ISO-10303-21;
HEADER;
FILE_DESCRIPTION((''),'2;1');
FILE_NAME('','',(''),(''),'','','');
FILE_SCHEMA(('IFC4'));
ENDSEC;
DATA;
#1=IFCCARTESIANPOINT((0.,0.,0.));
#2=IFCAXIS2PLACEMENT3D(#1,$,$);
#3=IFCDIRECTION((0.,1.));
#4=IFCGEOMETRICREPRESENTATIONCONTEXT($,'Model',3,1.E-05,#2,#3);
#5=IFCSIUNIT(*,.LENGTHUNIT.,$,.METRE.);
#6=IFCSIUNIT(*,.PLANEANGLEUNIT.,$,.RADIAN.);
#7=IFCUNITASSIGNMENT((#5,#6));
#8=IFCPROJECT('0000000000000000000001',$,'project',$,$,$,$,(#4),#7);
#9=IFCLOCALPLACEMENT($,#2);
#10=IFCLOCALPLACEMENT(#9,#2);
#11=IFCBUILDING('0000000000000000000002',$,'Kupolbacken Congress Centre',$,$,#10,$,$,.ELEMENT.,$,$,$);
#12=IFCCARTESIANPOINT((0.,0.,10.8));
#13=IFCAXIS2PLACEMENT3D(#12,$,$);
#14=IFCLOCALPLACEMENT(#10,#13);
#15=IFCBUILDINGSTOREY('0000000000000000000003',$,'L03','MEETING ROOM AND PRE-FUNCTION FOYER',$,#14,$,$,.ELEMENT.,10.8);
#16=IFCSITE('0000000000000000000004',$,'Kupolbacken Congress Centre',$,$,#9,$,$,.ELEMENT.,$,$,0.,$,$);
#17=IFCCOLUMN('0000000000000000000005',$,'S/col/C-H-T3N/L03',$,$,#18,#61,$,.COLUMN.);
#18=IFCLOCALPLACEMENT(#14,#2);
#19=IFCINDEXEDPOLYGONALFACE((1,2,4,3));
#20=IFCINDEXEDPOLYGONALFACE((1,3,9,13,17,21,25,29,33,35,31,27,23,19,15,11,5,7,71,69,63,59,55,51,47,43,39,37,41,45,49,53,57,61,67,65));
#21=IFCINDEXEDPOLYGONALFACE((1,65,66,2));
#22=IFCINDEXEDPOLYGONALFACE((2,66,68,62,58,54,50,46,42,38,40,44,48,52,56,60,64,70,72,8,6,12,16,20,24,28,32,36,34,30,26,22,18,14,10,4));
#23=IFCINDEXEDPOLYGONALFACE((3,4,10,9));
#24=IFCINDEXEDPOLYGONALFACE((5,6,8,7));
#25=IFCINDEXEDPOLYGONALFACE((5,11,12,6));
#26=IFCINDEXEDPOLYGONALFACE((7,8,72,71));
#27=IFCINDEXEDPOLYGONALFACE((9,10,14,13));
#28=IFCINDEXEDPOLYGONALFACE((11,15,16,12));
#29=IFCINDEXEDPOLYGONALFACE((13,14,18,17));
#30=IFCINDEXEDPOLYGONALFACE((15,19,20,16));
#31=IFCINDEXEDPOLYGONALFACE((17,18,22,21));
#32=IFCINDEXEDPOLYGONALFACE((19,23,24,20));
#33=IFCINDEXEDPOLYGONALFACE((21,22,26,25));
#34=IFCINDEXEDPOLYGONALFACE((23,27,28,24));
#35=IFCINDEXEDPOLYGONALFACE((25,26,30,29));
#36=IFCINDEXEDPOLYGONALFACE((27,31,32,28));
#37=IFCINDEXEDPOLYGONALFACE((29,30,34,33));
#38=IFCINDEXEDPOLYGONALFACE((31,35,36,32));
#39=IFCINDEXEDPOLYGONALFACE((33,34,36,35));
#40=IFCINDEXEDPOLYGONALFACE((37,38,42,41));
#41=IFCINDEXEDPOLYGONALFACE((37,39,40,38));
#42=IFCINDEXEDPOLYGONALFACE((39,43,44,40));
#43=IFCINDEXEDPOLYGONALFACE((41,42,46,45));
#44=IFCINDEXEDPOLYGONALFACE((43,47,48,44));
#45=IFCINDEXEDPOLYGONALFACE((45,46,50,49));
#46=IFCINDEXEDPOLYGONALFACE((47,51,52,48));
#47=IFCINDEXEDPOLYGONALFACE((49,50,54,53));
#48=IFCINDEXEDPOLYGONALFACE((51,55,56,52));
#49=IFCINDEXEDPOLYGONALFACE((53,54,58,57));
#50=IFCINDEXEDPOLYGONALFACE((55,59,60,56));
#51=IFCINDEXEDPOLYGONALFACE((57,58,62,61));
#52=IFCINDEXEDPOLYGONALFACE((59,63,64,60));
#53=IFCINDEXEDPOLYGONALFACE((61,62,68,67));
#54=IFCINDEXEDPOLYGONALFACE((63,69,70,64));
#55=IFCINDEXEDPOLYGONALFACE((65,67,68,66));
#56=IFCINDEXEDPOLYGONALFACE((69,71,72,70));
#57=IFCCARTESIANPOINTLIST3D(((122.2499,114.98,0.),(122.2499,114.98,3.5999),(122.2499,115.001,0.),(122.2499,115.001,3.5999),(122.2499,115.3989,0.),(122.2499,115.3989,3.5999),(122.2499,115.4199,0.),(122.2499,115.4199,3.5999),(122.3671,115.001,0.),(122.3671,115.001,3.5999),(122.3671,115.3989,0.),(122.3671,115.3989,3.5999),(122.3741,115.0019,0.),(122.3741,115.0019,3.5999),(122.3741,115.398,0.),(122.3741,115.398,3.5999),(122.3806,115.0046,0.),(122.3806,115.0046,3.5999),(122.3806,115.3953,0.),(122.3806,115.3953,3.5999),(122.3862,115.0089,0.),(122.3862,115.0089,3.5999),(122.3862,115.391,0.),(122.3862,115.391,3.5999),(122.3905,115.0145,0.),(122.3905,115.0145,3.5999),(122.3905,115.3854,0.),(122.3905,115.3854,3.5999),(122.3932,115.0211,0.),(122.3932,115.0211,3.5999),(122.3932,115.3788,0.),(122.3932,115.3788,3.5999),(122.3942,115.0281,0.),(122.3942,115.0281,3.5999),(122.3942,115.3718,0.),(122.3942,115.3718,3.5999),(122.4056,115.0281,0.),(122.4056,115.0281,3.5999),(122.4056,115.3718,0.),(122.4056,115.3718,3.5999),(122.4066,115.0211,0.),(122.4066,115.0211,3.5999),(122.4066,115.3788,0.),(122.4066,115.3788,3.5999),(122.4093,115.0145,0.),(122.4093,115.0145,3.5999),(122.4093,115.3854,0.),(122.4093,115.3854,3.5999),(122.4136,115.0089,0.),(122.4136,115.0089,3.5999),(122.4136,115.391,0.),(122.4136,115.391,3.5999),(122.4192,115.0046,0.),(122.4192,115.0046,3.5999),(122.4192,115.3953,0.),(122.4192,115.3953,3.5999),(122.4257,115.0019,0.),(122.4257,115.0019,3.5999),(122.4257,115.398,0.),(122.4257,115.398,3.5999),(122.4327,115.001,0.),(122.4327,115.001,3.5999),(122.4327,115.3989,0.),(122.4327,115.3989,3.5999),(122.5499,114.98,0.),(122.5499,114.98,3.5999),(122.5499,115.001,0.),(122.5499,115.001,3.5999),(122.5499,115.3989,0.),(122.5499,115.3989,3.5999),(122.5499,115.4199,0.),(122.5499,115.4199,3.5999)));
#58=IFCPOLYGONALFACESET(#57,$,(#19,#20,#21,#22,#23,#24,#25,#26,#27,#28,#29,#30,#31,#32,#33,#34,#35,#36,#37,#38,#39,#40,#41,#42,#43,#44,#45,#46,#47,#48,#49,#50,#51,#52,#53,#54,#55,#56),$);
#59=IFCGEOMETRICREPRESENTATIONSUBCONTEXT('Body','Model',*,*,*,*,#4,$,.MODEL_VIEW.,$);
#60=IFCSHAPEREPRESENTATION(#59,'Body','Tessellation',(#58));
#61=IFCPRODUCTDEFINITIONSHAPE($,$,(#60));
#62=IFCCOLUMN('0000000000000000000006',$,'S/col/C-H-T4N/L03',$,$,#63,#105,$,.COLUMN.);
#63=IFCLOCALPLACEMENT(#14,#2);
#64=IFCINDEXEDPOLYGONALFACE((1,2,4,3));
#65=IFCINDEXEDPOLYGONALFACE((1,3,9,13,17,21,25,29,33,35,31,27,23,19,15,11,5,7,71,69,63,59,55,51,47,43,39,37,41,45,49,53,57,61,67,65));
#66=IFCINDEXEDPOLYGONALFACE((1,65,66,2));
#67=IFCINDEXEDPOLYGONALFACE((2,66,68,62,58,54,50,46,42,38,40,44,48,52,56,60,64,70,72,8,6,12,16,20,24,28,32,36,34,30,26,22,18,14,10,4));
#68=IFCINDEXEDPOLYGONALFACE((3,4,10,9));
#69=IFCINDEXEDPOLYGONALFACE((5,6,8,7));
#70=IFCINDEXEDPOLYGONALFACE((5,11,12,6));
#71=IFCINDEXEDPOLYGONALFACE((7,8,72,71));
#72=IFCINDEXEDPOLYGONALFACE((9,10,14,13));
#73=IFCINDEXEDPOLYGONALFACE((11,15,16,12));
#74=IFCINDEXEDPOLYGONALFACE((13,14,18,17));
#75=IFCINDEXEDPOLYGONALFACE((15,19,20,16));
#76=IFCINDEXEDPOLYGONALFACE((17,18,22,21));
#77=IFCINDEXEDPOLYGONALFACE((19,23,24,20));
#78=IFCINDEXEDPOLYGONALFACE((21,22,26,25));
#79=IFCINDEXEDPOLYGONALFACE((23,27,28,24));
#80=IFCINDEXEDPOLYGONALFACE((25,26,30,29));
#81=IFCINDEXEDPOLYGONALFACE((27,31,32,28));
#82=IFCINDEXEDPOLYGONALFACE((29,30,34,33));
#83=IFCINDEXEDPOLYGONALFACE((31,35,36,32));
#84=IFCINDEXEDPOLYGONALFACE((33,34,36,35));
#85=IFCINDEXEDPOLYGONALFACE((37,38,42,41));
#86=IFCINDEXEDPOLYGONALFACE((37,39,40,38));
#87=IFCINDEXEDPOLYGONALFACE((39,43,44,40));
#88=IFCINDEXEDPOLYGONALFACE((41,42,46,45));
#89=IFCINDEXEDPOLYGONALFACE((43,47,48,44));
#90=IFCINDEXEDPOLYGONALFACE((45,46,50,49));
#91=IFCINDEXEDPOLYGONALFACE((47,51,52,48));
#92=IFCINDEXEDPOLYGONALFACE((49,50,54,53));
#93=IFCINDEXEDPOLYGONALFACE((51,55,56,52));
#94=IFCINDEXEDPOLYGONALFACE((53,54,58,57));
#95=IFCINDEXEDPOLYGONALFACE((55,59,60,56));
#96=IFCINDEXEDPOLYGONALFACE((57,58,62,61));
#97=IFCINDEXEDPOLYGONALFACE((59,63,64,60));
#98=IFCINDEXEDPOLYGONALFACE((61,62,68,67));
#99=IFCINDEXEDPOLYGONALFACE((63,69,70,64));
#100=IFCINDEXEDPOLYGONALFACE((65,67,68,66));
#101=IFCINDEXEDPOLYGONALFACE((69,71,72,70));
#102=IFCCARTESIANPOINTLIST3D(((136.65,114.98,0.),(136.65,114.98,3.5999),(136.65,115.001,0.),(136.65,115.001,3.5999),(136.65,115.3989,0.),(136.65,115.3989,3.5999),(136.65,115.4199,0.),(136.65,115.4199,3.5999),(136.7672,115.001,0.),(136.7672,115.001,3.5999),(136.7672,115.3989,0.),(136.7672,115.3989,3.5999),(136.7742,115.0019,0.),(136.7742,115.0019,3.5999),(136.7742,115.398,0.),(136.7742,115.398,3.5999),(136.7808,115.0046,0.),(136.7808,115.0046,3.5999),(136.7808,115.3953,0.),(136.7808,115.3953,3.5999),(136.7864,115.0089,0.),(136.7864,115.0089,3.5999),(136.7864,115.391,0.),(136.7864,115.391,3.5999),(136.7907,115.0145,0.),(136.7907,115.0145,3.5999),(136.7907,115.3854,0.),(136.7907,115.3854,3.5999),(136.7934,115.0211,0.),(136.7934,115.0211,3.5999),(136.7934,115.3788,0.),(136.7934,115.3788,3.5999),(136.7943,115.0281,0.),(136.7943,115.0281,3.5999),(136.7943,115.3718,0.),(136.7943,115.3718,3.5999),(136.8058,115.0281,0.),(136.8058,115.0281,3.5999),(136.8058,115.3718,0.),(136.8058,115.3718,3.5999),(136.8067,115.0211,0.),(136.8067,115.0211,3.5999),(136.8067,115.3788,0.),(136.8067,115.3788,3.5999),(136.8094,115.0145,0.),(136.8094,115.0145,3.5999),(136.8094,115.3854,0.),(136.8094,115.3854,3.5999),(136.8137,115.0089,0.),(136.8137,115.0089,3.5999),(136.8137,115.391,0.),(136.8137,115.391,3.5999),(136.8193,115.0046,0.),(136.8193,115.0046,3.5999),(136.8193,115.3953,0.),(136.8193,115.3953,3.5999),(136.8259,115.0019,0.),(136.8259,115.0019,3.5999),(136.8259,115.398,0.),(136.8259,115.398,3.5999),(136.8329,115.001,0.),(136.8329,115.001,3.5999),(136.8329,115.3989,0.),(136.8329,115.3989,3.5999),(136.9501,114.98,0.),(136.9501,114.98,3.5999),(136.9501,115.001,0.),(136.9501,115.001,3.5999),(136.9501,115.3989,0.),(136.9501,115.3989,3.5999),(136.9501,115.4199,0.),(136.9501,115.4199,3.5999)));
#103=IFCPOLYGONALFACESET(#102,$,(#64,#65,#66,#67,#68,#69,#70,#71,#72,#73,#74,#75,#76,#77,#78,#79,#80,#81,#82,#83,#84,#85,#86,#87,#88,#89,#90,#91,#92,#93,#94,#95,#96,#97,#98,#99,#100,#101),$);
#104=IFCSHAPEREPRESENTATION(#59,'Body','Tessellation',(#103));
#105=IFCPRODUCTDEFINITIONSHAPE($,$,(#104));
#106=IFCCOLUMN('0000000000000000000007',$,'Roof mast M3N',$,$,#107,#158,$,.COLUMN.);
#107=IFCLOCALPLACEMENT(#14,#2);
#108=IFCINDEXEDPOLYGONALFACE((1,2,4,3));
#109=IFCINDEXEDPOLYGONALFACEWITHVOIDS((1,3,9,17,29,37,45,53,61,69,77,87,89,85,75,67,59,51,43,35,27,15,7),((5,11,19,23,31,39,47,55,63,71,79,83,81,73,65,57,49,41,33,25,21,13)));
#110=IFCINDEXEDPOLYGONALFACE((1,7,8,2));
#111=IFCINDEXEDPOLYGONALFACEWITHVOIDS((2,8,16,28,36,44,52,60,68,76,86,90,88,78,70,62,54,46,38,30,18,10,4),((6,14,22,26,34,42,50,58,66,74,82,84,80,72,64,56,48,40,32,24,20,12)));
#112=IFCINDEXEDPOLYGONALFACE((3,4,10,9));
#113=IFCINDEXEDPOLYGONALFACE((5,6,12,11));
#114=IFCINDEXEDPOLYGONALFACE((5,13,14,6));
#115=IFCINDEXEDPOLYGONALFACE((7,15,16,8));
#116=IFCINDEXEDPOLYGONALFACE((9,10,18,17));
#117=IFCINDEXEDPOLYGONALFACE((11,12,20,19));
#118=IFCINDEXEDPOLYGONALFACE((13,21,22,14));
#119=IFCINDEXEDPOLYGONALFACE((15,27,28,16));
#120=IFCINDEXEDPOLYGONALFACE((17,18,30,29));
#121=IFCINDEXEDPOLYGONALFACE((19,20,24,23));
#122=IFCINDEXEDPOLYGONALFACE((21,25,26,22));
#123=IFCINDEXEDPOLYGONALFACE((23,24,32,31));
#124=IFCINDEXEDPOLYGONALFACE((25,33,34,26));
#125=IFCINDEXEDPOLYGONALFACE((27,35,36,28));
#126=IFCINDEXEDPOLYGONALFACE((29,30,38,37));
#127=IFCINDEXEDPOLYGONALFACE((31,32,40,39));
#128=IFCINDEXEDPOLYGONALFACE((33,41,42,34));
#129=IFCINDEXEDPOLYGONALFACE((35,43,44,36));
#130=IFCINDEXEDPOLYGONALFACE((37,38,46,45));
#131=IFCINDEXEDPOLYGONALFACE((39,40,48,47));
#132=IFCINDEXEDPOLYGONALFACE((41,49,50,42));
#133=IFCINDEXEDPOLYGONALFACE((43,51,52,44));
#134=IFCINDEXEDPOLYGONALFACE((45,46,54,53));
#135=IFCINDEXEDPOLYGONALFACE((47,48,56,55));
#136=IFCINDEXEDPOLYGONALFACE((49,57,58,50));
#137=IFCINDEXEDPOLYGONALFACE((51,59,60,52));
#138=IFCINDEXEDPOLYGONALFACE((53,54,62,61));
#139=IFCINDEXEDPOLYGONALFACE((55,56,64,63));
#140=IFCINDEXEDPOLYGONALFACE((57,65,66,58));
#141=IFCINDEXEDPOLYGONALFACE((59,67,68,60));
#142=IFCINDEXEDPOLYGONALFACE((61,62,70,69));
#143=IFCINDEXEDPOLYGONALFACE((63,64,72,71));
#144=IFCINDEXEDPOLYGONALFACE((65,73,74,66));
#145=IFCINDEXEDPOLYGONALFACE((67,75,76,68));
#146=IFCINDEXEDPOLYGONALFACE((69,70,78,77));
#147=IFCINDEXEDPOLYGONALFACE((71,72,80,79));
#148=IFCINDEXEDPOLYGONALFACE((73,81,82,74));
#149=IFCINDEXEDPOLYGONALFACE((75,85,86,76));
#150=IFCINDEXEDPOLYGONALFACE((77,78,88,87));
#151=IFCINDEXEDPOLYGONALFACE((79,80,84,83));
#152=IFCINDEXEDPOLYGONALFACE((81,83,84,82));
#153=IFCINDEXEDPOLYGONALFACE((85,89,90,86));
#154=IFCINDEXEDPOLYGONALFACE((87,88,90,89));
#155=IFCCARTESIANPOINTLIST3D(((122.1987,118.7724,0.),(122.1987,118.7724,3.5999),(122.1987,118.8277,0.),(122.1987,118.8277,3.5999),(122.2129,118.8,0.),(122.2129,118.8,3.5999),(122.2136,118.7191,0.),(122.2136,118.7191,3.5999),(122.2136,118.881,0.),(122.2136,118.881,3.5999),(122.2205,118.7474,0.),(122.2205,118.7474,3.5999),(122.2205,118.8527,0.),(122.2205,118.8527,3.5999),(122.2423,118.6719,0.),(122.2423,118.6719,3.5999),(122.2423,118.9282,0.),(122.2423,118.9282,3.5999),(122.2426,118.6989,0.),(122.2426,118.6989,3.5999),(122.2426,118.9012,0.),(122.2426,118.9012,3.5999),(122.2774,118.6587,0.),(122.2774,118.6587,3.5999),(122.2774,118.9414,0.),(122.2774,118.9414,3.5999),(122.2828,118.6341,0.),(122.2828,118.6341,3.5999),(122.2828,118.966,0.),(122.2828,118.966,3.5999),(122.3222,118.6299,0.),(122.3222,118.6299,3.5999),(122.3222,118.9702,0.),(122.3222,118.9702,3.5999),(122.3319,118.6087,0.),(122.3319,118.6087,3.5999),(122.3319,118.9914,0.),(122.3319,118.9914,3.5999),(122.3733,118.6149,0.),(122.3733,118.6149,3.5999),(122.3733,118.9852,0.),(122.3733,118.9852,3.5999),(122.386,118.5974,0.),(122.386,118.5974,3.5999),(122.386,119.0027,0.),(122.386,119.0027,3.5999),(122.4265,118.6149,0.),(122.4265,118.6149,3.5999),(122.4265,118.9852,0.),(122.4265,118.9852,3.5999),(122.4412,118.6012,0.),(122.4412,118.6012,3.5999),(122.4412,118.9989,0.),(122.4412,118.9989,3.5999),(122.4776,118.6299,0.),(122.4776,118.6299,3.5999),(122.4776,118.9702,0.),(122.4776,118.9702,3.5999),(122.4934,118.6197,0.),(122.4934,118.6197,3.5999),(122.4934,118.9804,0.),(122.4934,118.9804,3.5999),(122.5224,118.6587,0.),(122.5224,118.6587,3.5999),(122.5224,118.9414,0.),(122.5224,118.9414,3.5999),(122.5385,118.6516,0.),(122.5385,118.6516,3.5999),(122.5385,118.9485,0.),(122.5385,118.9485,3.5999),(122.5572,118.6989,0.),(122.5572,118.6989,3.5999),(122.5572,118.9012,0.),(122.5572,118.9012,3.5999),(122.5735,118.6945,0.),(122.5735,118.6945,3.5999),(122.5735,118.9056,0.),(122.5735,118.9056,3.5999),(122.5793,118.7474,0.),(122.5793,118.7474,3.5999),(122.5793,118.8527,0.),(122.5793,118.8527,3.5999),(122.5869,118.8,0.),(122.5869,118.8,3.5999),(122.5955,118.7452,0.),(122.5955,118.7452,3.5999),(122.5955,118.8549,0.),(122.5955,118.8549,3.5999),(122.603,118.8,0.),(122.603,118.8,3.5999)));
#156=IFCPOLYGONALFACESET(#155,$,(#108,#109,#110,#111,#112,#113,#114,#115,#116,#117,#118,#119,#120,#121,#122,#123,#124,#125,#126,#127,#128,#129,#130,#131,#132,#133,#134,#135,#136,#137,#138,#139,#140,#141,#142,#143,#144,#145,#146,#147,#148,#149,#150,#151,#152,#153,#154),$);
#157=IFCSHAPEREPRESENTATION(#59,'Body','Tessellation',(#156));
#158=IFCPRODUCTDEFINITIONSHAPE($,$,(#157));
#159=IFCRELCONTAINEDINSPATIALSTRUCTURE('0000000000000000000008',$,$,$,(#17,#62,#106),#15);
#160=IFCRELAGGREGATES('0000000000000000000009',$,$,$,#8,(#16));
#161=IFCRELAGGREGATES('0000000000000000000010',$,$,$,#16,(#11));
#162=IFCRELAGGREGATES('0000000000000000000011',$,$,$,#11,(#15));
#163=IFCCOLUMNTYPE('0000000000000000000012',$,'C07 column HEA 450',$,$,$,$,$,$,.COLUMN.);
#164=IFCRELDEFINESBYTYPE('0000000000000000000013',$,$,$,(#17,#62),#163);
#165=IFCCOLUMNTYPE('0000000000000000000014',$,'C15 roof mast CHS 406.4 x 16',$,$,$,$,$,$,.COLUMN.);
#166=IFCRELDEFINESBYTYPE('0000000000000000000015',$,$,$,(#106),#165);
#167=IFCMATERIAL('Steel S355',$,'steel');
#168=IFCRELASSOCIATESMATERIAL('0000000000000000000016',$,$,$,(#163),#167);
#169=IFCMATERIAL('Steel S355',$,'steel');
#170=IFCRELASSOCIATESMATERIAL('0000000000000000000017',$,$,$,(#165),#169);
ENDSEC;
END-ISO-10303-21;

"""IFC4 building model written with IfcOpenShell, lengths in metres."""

from ifc_helpers import new_model, si_unit, direction, frame, origin, origin_2d, place, context, subcontext, project, spatial, hollow_circle, i_section, extrude, material, material_profile, profile_set, type_object, element, save


model = new_model("IFC4")

# Units and contexts
model_context = context("Model", 3, precision=1e-05, world=origin(), true_north=direction((0.0, 1.0)))
body_context = subcontext(model_context, "Body", "Model", "MODEL_VIEW")
ifc_project = project(units=[si_unit("LENGTHUNIT", "METRE"), si_unit("PLANEANGLEUNIT", "RADIAN")], contexts=[model_context])

# Site, building, storey
site_placement = place(None, origin())
site = spatial("IfcSite", under=ifc_project, at=site_placement, Name="Kupolbacken Congress Centre", CompositionType="ELEMENT", RefElevation=0.0)
building_placement = place(site_placement, origin())
building = spatial("IfcBuilding", under=site, at=building_placement, Name="Kupolbacken Congress Centre", CompositionType="ELEMENT")
storey_placement = place(building_placement, frame((0.0, 0.0, 10.8)))
storey = spatial("IfcBuildingStorey", under=building, at=storey_placement, Name="L03", Description="MEETING ROOM AND PRE-FUNCTION FOYER", CompositionType="ELEMENT", Elevation=10.8)

# Columns
ifc_material_1 = material(Name="Steel S355", Category="steel")
ifc_material_profile_1 = material_profile(ifc_material_1, i_section(OverallWidth=0.3, OverallDepth=0.4399, WebThickness=0.0115, FlangeThickness=0.021, FilletRadius=0.0271, at=origin_2d()), Name="HEA 450")
ifc_profile_set_1 = profile_set([ifc_material_profile_1], Name="Steel S355")
column_type_1 = type_object("IfcColumnType", Name="C07 column HEA 450", PredefinedType="COLUMN", material=ifc_profile_set_1)
for number, where, z_axis, x_axis, name in (
    (1, (122.3999, 115.2, 0.0), (0.0, 0.0, 1.0), (1.0, 0.0, 0.0), "S/col/C-H-T3N/L03"),
    (2, (136.8, 115.2, 0.0), (0.0, 0.0, 1.0), (1.0, 0.0, 0.0), "S/col/C-H-T4N/L03"),
):
    element("IfcColumn", number, at=place(storey_placement, frame(where, z_axis=z_axis, x_axis=x_axis)), inside=storey, type_object=column_type_1, Name=name, PredefinedType="COLUMN", context=body_context, shape_type="SweptSolid", body=[
        extrude(i_section(OverallWidth=0.3, OverallDepth=0.4399, WebThickness=0.0115, FlangeThickness=0.021, FilletRadius=0.0271, at=origin_2d()), origin(), (0.0, 0.0, 1.0), 3.5999),
    ])
ifc_material_2 = material(Name="Steel S355", Category="steel")
ifc_material_profile_2 = material_profile(ifc_material_2, hollow_circle(Radius=0.2031, WallThickness=0.0161, at=origin_2d()), Name="CHS 406.4 x 16")
ifc_profile_set_2 = profile_set([ifc_material_profile_2], Name="Steel S355")
column_type_2 = type_object("IfcColumnType", Name="C15 roof mast CHS 406.4 x 16", PredefinedType="COLUMN", material=ifc_profile_set_2)
for number, where, z_axis, x_axis, name in (
    (3, (122.3999, 118.8, 0.0), (0.0, 0.0, 1.0), (1.0, 0.0, 0.0), "Roof mast M3N"),
):
    element("IfcColumn", number, at=place(storey_placement, frame(where, z_axis=z_axis, x_axis=x_axis)), inside=storey, type_object=column_type_2, Name=name, PredefinedType="COLUMN", context=body_context, shape_type="SweptSolid", body=[
        extrude(hollow_circle(Radius=0.2031, WallThickness=0.0161, at=origin_2d()), origin(), (0.0, 0.0, 1.0), 3.5999),
    ])

save(model, "model.ifc")
